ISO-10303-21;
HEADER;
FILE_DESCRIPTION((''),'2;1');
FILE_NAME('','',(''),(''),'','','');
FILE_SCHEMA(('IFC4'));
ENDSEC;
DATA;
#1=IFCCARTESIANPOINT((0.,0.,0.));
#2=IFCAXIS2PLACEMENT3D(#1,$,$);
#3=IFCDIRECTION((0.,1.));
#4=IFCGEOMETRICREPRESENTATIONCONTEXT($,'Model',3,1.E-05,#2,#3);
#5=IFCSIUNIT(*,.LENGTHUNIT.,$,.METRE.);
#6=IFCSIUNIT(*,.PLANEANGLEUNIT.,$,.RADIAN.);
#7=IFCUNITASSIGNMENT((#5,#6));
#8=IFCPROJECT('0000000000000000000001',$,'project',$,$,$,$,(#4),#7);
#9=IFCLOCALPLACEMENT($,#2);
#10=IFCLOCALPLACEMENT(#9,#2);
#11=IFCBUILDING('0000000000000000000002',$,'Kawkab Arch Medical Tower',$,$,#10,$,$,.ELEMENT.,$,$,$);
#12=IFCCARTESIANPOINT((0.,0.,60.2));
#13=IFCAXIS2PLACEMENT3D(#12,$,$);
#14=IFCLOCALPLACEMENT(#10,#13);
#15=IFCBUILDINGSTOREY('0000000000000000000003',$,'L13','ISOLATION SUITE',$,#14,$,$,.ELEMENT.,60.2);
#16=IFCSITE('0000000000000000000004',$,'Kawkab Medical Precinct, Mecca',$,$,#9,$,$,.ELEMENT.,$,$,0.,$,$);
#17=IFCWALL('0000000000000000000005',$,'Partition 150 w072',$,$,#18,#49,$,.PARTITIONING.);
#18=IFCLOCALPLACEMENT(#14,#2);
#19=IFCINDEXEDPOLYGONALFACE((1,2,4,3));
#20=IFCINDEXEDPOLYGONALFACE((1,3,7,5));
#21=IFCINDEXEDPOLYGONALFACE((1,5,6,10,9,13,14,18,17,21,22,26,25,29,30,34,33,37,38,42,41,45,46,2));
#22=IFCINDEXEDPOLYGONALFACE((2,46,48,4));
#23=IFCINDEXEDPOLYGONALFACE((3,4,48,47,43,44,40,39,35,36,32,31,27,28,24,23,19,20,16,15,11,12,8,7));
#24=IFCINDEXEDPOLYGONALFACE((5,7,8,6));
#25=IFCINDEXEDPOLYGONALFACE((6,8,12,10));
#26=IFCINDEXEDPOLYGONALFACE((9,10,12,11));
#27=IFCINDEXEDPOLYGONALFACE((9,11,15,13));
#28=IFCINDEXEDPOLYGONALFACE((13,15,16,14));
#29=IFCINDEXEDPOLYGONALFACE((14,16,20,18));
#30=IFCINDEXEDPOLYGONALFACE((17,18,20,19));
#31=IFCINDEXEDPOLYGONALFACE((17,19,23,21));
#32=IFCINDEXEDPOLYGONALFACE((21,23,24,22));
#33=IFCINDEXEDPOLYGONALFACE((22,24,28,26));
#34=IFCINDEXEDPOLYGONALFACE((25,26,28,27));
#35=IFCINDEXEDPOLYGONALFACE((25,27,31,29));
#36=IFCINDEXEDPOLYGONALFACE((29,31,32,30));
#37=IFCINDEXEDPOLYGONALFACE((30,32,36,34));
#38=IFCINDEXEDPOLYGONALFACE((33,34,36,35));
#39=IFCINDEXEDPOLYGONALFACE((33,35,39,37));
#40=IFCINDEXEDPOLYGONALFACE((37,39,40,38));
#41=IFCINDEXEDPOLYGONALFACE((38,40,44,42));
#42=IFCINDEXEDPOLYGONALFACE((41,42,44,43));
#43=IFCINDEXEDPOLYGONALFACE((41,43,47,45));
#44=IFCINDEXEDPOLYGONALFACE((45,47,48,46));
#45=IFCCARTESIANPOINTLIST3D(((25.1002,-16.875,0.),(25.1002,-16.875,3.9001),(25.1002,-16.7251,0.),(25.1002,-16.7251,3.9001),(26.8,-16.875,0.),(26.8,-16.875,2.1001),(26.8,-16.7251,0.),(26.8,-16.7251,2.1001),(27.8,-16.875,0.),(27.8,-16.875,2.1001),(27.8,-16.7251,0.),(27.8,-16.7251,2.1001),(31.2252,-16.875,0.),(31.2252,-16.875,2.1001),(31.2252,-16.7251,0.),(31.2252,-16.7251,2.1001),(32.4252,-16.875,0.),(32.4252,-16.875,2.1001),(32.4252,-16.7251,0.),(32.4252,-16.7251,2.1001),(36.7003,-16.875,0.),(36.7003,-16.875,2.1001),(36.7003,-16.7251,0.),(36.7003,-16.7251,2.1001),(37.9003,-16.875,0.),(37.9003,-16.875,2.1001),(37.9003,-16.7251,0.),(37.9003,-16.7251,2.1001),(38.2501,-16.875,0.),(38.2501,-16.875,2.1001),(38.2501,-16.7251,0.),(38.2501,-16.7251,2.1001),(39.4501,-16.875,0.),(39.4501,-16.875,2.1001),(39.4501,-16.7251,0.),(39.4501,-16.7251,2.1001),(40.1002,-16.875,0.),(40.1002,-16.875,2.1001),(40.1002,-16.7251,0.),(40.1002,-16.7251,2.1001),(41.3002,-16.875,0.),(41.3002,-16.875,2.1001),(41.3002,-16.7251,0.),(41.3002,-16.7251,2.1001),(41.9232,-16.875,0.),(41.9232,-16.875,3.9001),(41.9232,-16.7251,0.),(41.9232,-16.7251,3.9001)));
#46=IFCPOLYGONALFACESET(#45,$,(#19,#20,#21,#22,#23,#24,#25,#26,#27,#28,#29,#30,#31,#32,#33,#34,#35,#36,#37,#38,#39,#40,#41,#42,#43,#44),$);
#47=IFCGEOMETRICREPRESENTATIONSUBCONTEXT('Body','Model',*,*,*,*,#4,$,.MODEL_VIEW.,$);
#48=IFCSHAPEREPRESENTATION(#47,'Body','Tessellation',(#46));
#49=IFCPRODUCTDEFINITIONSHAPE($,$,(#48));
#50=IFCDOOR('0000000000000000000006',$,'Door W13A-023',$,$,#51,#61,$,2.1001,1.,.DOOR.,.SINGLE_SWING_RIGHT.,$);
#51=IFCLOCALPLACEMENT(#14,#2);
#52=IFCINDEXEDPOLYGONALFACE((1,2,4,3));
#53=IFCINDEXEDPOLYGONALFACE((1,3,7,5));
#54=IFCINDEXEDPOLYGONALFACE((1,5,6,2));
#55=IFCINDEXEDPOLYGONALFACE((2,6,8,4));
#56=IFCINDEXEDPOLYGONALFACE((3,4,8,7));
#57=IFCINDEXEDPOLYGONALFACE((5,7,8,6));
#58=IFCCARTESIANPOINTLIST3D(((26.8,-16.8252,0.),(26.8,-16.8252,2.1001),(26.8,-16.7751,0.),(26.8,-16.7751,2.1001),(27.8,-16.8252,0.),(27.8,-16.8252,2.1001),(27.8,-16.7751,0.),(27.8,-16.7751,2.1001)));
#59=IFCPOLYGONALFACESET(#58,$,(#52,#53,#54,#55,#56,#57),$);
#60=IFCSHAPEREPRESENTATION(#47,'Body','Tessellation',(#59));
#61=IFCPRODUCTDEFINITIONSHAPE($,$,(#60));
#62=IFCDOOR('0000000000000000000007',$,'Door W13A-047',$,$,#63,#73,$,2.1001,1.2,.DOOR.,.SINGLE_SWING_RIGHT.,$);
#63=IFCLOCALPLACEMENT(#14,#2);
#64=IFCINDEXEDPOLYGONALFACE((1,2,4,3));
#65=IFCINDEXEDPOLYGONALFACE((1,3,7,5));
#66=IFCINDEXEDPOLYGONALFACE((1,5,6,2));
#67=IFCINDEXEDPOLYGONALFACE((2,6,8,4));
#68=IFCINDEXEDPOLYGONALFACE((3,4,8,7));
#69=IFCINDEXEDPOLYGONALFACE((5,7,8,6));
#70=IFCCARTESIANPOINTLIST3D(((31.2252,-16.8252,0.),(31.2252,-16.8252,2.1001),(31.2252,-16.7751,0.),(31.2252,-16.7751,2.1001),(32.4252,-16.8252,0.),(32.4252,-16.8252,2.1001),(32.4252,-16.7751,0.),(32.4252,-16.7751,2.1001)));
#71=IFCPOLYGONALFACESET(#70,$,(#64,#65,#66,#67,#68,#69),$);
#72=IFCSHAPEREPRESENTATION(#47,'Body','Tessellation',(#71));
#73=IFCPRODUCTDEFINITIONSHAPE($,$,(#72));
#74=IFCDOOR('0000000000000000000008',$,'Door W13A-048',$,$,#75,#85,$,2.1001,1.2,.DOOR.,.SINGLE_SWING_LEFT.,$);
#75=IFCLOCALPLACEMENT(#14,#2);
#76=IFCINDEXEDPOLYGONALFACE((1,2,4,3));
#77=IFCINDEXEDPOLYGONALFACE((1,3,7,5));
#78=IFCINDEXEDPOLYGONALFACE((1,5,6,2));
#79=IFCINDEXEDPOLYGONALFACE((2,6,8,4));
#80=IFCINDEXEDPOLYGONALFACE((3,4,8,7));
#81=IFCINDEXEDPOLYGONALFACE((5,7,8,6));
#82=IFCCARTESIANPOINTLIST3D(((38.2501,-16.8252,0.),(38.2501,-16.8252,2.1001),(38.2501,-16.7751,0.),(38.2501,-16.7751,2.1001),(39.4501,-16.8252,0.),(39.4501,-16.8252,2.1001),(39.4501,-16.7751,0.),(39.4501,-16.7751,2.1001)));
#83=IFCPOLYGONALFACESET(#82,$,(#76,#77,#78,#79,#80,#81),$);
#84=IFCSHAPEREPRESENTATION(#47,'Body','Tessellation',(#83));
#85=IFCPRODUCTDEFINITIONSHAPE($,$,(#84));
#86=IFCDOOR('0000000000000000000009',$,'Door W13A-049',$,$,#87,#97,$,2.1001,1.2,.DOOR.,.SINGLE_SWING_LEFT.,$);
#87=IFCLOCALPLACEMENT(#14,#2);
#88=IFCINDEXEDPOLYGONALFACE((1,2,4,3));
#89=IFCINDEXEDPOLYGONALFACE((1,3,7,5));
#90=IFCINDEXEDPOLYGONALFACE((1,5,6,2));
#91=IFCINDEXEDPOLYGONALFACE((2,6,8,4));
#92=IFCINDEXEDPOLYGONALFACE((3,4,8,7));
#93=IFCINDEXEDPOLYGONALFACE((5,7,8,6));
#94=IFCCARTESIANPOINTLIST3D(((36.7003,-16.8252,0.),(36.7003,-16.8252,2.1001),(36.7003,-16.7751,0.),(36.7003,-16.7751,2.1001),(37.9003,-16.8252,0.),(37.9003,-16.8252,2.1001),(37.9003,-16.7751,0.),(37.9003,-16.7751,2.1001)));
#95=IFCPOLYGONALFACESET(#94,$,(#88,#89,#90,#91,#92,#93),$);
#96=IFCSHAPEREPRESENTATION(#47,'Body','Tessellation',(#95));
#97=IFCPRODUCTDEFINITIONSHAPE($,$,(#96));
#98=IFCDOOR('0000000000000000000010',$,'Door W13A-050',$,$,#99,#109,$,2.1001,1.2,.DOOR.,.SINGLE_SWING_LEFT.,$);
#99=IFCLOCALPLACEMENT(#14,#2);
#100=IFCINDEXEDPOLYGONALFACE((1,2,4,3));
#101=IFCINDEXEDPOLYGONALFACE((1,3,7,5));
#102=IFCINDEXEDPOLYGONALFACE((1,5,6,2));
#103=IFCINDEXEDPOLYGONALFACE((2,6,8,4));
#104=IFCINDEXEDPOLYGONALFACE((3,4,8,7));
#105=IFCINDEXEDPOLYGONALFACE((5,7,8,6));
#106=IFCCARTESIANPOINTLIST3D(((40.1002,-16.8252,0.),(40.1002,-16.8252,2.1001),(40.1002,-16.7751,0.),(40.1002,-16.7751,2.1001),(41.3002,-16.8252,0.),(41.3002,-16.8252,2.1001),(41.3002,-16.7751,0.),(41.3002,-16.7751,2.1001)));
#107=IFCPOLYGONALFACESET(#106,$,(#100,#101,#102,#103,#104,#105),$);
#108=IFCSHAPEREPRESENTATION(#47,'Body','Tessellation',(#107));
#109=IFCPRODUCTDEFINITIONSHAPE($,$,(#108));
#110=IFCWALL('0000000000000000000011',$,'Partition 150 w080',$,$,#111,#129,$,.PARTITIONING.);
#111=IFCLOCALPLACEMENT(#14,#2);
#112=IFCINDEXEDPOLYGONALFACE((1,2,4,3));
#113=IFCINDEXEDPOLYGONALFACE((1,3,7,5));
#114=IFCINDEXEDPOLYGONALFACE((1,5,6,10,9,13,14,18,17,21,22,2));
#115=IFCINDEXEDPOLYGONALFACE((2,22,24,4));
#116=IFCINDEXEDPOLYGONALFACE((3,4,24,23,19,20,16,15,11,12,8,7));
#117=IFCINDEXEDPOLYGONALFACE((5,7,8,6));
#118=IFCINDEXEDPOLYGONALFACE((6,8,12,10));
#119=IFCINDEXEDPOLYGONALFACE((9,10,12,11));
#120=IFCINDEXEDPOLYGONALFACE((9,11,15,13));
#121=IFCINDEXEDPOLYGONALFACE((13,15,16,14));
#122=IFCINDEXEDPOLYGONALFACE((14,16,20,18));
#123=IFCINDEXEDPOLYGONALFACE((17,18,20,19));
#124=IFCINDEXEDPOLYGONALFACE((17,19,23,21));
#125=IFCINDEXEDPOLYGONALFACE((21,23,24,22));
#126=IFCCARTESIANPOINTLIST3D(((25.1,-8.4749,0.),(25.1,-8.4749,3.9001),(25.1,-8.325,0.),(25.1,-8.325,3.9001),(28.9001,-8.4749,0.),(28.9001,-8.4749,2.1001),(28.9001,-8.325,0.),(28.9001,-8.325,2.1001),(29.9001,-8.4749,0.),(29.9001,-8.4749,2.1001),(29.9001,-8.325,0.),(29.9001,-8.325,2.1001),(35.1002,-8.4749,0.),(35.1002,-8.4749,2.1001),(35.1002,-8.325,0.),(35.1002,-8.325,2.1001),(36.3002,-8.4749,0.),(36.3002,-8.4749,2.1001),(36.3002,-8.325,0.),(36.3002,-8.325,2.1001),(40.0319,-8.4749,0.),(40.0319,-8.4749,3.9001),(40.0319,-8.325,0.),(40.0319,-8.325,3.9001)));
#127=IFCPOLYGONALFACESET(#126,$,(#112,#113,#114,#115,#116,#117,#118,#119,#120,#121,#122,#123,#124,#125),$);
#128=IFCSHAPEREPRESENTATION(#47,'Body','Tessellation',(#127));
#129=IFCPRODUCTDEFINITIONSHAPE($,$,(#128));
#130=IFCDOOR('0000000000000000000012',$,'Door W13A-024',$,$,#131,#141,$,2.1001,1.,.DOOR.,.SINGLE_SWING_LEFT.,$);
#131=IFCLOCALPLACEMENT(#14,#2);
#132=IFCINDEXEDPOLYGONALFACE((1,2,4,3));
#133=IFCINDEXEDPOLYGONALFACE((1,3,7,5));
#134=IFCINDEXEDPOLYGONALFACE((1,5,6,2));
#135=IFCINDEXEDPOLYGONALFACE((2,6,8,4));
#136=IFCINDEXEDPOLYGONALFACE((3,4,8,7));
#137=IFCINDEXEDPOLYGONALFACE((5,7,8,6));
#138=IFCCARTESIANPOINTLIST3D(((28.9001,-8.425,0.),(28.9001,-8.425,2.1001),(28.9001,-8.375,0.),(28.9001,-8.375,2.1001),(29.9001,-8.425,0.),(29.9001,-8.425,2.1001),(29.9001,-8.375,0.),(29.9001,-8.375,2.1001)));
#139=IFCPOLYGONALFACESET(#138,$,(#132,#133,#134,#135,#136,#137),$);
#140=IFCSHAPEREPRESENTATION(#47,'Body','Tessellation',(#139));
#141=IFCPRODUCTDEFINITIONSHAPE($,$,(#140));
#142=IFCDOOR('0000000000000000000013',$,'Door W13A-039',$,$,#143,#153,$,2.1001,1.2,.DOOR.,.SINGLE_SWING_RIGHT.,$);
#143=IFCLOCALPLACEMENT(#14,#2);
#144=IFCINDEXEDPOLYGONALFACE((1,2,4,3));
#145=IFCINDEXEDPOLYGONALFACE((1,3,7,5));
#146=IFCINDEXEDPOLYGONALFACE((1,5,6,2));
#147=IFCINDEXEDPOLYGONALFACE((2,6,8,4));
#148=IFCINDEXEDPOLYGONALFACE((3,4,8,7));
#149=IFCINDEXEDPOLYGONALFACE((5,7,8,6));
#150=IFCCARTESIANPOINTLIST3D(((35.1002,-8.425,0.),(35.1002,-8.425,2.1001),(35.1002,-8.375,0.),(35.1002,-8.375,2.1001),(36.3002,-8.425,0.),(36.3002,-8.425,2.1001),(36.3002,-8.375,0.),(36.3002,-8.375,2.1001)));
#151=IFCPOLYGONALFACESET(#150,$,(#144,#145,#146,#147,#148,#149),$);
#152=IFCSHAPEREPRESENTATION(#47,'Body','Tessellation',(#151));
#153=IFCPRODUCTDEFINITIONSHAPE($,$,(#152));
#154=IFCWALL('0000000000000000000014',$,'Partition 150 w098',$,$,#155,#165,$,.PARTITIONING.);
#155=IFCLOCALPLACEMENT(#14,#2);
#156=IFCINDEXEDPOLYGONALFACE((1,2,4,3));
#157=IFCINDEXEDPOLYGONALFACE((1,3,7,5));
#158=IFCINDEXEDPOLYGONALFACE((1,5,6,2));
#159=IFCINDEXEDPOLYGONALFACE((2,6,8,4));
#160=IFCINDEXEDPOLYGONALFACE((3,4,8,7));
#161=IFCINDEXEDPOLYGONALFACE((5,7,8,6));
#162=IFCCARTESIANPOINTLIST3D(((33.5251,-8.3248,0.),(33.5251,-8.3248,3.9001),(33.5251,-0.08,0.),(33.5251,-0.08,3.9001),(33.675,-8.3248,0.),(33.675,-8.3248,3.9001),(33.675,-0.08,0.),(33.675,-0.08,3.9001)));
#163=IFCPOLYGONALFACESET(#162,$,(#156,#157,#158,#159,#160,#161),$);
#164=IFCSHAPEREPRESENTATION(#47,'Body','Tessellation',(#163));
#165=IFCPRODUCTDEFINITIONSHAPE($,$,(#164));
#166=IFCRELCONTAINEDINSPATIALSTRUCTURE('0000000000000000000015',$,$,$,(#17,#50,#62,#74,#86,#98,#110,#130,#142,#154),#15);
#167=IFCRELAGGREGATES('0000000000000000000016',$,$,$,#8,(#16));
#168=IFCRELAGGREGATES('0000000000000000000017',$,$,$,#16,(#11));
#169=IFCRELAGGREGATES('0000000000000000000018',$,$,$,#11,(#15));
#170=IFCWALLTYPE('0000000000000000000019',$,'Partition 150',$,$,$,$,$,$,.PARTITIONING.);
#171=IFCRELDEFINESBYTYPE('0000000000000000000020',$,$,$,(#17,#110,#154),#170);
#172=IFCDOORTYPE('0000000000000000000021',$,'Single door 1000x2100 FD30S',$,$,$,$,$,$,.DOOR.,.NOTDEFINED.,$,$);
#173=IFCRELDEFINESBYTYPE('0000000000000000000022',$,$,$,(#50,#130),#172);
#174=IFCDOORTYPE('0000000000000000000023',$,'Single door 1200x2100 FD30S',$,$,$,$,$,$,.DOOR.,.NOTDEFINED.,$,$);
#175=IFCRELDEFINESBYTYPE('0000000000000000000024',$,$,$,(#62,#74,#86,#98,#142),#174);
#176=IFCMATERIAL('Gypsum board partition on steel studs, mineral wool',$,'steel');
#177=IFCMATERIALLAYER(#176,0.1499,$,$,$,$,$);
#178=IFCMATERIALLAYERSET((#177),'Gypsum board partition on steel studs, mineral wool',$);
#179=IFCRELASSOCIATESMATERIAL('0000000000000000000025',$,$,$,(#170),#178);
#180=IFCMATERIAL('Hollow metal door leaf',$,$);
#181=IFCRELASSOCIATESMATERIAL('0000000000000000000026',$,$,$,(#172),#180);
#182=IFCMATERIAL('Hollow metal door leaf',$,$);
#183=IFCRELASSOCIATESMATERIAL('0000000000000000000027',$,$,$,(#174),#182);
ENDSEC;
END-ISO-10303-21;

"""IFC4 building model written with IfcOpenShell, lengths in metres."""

from ifc_helpers import new_model, si_unit, direction, frame, frame_2d, origin, place, context, subcontext, project, spatial, rectangle, extrude, material, layer, layer_set, type_object, element, fill, save


model = new_model("IFC4")

# Units and contexts
model_context = context("Model", 3, precision=1e-05, world=origin(), true_north=direction((0.0, 1.0)))
body_context = subcontext(model_context, "Body", "Model", "MODEL_VIEW")
ifc_project = project(units=[si_unit("LENGTHUNIT", "METRE"), si_unit("PLANEANGLEUNIT", "RADIAN")], contexts=[model_context])

# Site, building, storey
site_placement = place(None, origin())
site = spatial("IfcSite", under=ifc_project, at=site_placement, Name="Kawkab Medical Precinct, Mecca", CompositionType="ELEMENT", RefElevation=0.0)
building_placement = place(site_placement, origin())
building = spatial("IfcBuilding", under=site, at=building_placement, Name="Kawkab Arch Medical Tower", CompositionType="ELEMENT")
storey_placement = place(building_placement, frame((0.0, 0.0, 60.2)))
storey = spatial("IfcBuildingStorey", under=building, at=storey_placement, Name="L13", Description="ISOLATION SUITE", CompositionType="ELEMENT", Elevation=60.2)

# Walls, openings, doors
ifc_material_1 = material(Name="Gypsum board partition on steel studs, mineral wool", Category="steel")
ifc_layer_1 = layer(ifc_material_1, 0.1499)
ifc_layer_set_1 = layer_set([ifc_layer_1], Name="Gypsum board partition on steel studs, mineral wool")
wall_type_1 = type_object("IfcWallType", Name="Partition 150", PredefinedType="PARTITIONING", material=ifc_layer_set_1)
wall_1_placement = place(storey_placement, frame((25.1001, -16.8, 0.0), z_axis=(0.0, 0.0, 1.0), x_axis=(1.0, 0.0, 0.0)))
wall_1 = element("IfcWall", 1, at=wall_1_placement, inside=storey, type_object=wall_type_1, Name="Partition 150 w072", PredefinedType="PARTITIONING", context=body_context, shape_type="SweptSolid", body=[
    extrude(rectangle(XDim=16.823, YDim=0.1499, at=frame_2d((8.4116, 0.0))), origin(), (0.0, 0.0, 1.0), 3.9001),
])
opening_1_placement = place(wall_1_placement, frame((1.7, 0.0, 0.0)))
opening_1 = element("IfcOpeningElement", 2, at=opening_1_placement, cuts=wall_1, PredefinedType="OPENING", context=body_context, shape_type="SweptSolid", body=[
    extrude(rectangle(XDim=1.0, YDim=2.1001, at=frame_2d((0.5, 1.05))), frame((0.0, 0.085, 0.0), z_axis=(0.0, -1.0, 0.0), x_axis=(1.0, 0.0, 0.0)), (0.0, 0.0, 1.0), 0.1699),
])
opening_2_placement = place(wall_1_placement, frame((6.125, 0.0, 0.0)))
opening_2 = element("IfcOpeningElement", 3, at=opening_2_placement, cuts=wall_1, PredefinedType="OPENING", context=body_context, shape_type="SweptSolid", body=[
    extrude(rectangle(XDim=1.2, YDim=2.1001, at=frame_2d((0.6001, 1.05))), frame((0.0, 0.085, 0.0), z_axis=(0.0, -1.0, 0.0), x_axis=(1.0, 0.0, 0.0)), (0.0, 0.0, 1.0), 0.1699),
])
opening_3_placement = place(wall_1_placement, frame((13.1499, 0.0, 0.0)))
opening_3 = element("IfcOpeningElement", 4, at=opening_3_placement, cuts=wall_1, PredefinedType="OPENING", context=body_context, shape_type="SweptSolid", body=[
    extrude(rectangle(XDim=1.2, YDim=2.1001, at=frame_2d((0.6001, 1.05))), frame((0.0, 0.085, 0.0), z_axis=(0.0, -1.0, 0.0), x_axis=(1.0, 0.0, 0.0)), (0.0, 0.0, 1.0), 0.1699),
])
opening_4_placement = place(wall_1_placement, frame((11.6001, 0.0, 0.0)))
opening_4 = element("IfcOpeningElement", 5, at=opening_4_placement, cuts=wall_1, PredefinedType="OPENING", context=body_context, shape_type="SweptSolid", body=[
    extrude(rectangle(XDim=1.2, YDim=2.1001, at=frame_2d((0.6001, 1.05))), frame((0.0, 0.085, 0.0), z_axis=(0.0, -1.0, 0.0), x_axis=(1.0, 0.0, 0.0)), (0.0, 0.0, 1.0), 0.1699),
])
opening_5_placement = place(wall_1_placement, frame((15.0, 0.0, 0.0)))
opening_5 = element("IfcOpeningElement", 6, at=opening_5_placement, cuts=wall_1, PredefinedType="OPENING", context=body_context, shape_type="SweptSolid", body=[
    extrude(rectangle(XDim=1.2, YDim=2.1001, at=frame_2d((0.6001, 1.05))), frame((0.0, 0.085, 0.0), z_axis=(0.0, -1.0, 0.0), x_axis=(1.0, 0.0, 0.0)), (0.0, 0.0, 1.0), 0.1699),
])
ifc_material_2 = material(Name="Hollow metal door leaf")
door_type_1 = type_object("IfcDoorType", Name="Single door 1000x2100 FD30S", OperationType="NOTDEFINED", PredefinedType="DOOR", material=ifc_material_2)
door_1_placement = place(opening_1_placement, origin())
door_1 = element("IfcDoor", 7, at=door_1_placement, inside=storey, type_object=door_type_1, Name="Door W13A-023", OperationType="SINGLE_SWING_RIGHT", OverallHeight=2.1001, OverallWidth=1.0, PredefinedType="DOOR", context=body_context, shape_type="SweptSolid", body=[
    extrude(rectangle(XDim=1.0, YDim=2.1001, at=frame_2d((0.5, 1.05))), frame((0.0, 0.0249, 0.0), z_axis=(0.0, -1.0, 0.0), x_axis=(1.0, 0.0, 0.0)), (0.0, 0.0, 1.0), 0.05),
])
fill(opening_1, door_1)
ifc_material_3 = material(Name="Hollow metal door leaf")
door_type_2 = type_object("IfcDoorType", Name="Single door 1200x2100 FD30S", OperationType="NOTDEFINED", PredefinedType="DOOR", material=ifc_material_3)
door_2_placement = place(opening_2_placement, origin())
door_2 = element("IfcDoor", 8, at=door_2_placement, inside=storey, type_object=door_type_2, Name="Door W13A-047", OperationType="SINGLE_SWING_RIGHT", OverallHeight=2.1001, OverallWidth=1.2, PredefinedType="DOOR", context=body_context, shape_type="SweptSolid", body=[
    extrude(rectangle(XDim=1.2, YDim=2.1001, at=frame_2d((0.6001, 1.05))), frame((0.0, 0.0249, 0.0), z_axis=(0.0, -1.0, 0.0), x_axis=(1.0, 0.0, 0.0)), (0.0, 0.0, 1.0), 0.05),
])
fill(opening_2, door_2)
door_3_placement = place(opening_3_placement, origin())
door_3 = element("IfcDoor", 9, at=door_3_placement, inside=storey, type_object=door_type_2, Name="Door W13A-048", OperationType="SINGLE_SWING_LEFT", OverallHeight=2.1001, OverallWidth=1.2, PredefinedType="DOOR", context=body_context, shape_type="SweptSolid", body=[
    extrude(rectangle(XDim=1.2, YDim=2.1001, at=frame_2d((0.6001, 1.05))), frame((0.0, 0.0249, 0.0), z_axis=(0.0, -1.0, 0.0), x_axis=(1.0, 0.0, 0.0)), (0.0, 0.0, 1.0), 0.05),
])
fill(opening_3, door_3)
door_4_placement = place(opening_4_placement, origin())
door_4 = element("IfcDoor", 10, at=door_4_placement, inside=storey, type_object=door_type_2, Name="Door W13A-049", OperationType="SINGLE_SWING_LEFT", OverallHeight=2.1001, OverallWidth=1.2, PredefinedType="DOOR", context=body_context, shape_type="SweptSolid", body=[
    extrude(rectangle(XDim=1.2, YDim=2.1001, at=frame_2d((0.6001, 1.05))), frame((0.0, 0.0249, 0.0), z_axis=(0.0, -1.0, 0.0), x_axis=(1.0, 0.0, 0.0)), (0.0, 0.0, 1.0), 0.05),
])
fill(opening_4, door_4)
door_5_placement = place(opening_5_placement, origin())
door_5 = element("IfcDoor", 11, at=door_5_placement, inside=storey, type_object=door_type_2, Name="Door W13A-050", OperationType="SINGLE_SWING_LEFT", OverallHeight=2.1001, OverallWidth=1.2, PredefinedType="DOOR", context=body_context, shape_type="SweptSolid", body=[
    extrude(rectangle(XDim=1.2, YDim=2.1001, at=frame_2d((0.6001, 1.05))), frame((0.0, 0.0249, 0.0), z_axis=(0.0, -1.0, 0.0), x_axis=(1.0, 0.0, 0.0)), (0.0, 0.0, 1.0), 0.05),
])
fill(opening_5, door_5)
wall_2_placement = place(storey_placement, frame((25.1001, -8.3999, 0.0), z_axis=(0.0, 0.0, 1.0), x_axis=(1.0, 0.0, 0.0)))
wall_2 = element("IfcWall", 12, at=wall_2_placement, inside=storey, type_object=wall_type_1, Name="Partition 150 w080", PredefinedType="PARTITIONING", context=body_context, shape_type="SweptSolid", body=[
    extrude(rectangle(XDim=14.9319, YDim=0.1499, at=frame_2d((7.4658, 0.0))), origin(), (0.0, 0.0, 1.0), 3.9001),
])
opening_6_placement = place(wall_2_placement, frame((3.8, 0.0, 0.0)))
opening_6 = element("IfcOpeningElement", 13, at=opening_6_placement, cuts=wall_2, PredefinedType="OPENING", context=body_context, shape_type="SweptSolid", body=[
    extrude(rectangle(XDim=1.0, YDim=2.1001, at=frame_2d((0.5, 1.05))), frame((0.0, 0.085, 0.0), z_axis=(0.0, -1.0, 0.0), x_axis=(1.0, 0.0, 0.0)), (0.0, 0.0, 1.0), 0.1699),
])
opening_7_placement = place(wall_2_placement, frame((10.0, 0.0, 0.0)))
opening_7 = element("IfcOpeningElement", 14, at=opening_7_placement, cuts=wall_2, PredefinedType="OPENING", context=body_context, shape_type="SweptSolid", body=[
    extrude(rectangle(XDim=1.2, YDim=2.1001, at=frame_2d((0.6001, 1.05))), frame((0.0, 0.085, 0.0), z_axis=(0.0, -1.0, 0.0), x_axis=(1.0, 0.0, 0.0)), (0.0, 0.0, 1.0), 0.1699),
])
door_6_placement = place(opening_6_placement, origin())
door_6 = element("IfcDoor", 15, at=door_6_placement, inside=storey, type_object=door_type_1, Name="Door W13A-024", OperationType="SINGLE_SWING_LEFT", OverallHeight=2.1001, OverallWidth=1.0, PredefinedType="DOOR", context=body_context, shape_type="SweptSolid", body=[
    extrude(rectangle(XDim=1.0, YDim=2.1001, at=frame_2d((0.5, 1.05))), frame((0.0, 0.0249, 0.0), z_axis=(0.0, -1.0, 0.0), x_axis=(1.0, 0.0, 0.0)), (0.0, 0.0, 1.0), 0.05),
])
fill(opening_6, door_6)
door_7_placement = place(opening_7_placement, origin())
door_7 = element("IfcDoor", 16, at=door_7_placement, inside=storey, type_object=door_type_2, Name="Door W13A-039", OperationType="SINGLE_SWING_RIGHT", OverallHeight=2.1001, OverallWidth=1.2, PredefinedType="DOOR", context=body_context, shape_type="SweptSolid", body=[
    extrude(rectangle(XDim=1.2, YDim=2.1001, at=frame_2d((0.6001, 1.05))), frame((0.0, 0.0249, 0.0), z_axis=(0.0, -1.0, 0.0), x_axis=(1.0, 0.0, 0.0)), (0.0, 0.0, 1.0), 0.05),
])
fill(opening_7, door_7)

# Wall
for number, where, z_axis, x_axis, name in (
    (17, (33.6001, -8.325, 0.0), (0.0, 0.0, 1.0), (0.0, 1.0, 0.0), "Partition 150 w098"),
):
    element("IfcWall", number, at=place(storey_placement, frame(where, z_axis=z_axis, x_axis=x_axis)), inside=storey, type_object=wall_type_1, Name=name, PredefinedType="PARTITIONING", context=body_context, shape_type="SweptSolid", body=[
        extrude(rectangle(XDim=8.2449, YDim=0.1499, at=frame_2d((4.1226, 0.0))), origin(), (0.0, 0.0, 1.0), 3.9001),
    ])

save(model, "model.ifc")
